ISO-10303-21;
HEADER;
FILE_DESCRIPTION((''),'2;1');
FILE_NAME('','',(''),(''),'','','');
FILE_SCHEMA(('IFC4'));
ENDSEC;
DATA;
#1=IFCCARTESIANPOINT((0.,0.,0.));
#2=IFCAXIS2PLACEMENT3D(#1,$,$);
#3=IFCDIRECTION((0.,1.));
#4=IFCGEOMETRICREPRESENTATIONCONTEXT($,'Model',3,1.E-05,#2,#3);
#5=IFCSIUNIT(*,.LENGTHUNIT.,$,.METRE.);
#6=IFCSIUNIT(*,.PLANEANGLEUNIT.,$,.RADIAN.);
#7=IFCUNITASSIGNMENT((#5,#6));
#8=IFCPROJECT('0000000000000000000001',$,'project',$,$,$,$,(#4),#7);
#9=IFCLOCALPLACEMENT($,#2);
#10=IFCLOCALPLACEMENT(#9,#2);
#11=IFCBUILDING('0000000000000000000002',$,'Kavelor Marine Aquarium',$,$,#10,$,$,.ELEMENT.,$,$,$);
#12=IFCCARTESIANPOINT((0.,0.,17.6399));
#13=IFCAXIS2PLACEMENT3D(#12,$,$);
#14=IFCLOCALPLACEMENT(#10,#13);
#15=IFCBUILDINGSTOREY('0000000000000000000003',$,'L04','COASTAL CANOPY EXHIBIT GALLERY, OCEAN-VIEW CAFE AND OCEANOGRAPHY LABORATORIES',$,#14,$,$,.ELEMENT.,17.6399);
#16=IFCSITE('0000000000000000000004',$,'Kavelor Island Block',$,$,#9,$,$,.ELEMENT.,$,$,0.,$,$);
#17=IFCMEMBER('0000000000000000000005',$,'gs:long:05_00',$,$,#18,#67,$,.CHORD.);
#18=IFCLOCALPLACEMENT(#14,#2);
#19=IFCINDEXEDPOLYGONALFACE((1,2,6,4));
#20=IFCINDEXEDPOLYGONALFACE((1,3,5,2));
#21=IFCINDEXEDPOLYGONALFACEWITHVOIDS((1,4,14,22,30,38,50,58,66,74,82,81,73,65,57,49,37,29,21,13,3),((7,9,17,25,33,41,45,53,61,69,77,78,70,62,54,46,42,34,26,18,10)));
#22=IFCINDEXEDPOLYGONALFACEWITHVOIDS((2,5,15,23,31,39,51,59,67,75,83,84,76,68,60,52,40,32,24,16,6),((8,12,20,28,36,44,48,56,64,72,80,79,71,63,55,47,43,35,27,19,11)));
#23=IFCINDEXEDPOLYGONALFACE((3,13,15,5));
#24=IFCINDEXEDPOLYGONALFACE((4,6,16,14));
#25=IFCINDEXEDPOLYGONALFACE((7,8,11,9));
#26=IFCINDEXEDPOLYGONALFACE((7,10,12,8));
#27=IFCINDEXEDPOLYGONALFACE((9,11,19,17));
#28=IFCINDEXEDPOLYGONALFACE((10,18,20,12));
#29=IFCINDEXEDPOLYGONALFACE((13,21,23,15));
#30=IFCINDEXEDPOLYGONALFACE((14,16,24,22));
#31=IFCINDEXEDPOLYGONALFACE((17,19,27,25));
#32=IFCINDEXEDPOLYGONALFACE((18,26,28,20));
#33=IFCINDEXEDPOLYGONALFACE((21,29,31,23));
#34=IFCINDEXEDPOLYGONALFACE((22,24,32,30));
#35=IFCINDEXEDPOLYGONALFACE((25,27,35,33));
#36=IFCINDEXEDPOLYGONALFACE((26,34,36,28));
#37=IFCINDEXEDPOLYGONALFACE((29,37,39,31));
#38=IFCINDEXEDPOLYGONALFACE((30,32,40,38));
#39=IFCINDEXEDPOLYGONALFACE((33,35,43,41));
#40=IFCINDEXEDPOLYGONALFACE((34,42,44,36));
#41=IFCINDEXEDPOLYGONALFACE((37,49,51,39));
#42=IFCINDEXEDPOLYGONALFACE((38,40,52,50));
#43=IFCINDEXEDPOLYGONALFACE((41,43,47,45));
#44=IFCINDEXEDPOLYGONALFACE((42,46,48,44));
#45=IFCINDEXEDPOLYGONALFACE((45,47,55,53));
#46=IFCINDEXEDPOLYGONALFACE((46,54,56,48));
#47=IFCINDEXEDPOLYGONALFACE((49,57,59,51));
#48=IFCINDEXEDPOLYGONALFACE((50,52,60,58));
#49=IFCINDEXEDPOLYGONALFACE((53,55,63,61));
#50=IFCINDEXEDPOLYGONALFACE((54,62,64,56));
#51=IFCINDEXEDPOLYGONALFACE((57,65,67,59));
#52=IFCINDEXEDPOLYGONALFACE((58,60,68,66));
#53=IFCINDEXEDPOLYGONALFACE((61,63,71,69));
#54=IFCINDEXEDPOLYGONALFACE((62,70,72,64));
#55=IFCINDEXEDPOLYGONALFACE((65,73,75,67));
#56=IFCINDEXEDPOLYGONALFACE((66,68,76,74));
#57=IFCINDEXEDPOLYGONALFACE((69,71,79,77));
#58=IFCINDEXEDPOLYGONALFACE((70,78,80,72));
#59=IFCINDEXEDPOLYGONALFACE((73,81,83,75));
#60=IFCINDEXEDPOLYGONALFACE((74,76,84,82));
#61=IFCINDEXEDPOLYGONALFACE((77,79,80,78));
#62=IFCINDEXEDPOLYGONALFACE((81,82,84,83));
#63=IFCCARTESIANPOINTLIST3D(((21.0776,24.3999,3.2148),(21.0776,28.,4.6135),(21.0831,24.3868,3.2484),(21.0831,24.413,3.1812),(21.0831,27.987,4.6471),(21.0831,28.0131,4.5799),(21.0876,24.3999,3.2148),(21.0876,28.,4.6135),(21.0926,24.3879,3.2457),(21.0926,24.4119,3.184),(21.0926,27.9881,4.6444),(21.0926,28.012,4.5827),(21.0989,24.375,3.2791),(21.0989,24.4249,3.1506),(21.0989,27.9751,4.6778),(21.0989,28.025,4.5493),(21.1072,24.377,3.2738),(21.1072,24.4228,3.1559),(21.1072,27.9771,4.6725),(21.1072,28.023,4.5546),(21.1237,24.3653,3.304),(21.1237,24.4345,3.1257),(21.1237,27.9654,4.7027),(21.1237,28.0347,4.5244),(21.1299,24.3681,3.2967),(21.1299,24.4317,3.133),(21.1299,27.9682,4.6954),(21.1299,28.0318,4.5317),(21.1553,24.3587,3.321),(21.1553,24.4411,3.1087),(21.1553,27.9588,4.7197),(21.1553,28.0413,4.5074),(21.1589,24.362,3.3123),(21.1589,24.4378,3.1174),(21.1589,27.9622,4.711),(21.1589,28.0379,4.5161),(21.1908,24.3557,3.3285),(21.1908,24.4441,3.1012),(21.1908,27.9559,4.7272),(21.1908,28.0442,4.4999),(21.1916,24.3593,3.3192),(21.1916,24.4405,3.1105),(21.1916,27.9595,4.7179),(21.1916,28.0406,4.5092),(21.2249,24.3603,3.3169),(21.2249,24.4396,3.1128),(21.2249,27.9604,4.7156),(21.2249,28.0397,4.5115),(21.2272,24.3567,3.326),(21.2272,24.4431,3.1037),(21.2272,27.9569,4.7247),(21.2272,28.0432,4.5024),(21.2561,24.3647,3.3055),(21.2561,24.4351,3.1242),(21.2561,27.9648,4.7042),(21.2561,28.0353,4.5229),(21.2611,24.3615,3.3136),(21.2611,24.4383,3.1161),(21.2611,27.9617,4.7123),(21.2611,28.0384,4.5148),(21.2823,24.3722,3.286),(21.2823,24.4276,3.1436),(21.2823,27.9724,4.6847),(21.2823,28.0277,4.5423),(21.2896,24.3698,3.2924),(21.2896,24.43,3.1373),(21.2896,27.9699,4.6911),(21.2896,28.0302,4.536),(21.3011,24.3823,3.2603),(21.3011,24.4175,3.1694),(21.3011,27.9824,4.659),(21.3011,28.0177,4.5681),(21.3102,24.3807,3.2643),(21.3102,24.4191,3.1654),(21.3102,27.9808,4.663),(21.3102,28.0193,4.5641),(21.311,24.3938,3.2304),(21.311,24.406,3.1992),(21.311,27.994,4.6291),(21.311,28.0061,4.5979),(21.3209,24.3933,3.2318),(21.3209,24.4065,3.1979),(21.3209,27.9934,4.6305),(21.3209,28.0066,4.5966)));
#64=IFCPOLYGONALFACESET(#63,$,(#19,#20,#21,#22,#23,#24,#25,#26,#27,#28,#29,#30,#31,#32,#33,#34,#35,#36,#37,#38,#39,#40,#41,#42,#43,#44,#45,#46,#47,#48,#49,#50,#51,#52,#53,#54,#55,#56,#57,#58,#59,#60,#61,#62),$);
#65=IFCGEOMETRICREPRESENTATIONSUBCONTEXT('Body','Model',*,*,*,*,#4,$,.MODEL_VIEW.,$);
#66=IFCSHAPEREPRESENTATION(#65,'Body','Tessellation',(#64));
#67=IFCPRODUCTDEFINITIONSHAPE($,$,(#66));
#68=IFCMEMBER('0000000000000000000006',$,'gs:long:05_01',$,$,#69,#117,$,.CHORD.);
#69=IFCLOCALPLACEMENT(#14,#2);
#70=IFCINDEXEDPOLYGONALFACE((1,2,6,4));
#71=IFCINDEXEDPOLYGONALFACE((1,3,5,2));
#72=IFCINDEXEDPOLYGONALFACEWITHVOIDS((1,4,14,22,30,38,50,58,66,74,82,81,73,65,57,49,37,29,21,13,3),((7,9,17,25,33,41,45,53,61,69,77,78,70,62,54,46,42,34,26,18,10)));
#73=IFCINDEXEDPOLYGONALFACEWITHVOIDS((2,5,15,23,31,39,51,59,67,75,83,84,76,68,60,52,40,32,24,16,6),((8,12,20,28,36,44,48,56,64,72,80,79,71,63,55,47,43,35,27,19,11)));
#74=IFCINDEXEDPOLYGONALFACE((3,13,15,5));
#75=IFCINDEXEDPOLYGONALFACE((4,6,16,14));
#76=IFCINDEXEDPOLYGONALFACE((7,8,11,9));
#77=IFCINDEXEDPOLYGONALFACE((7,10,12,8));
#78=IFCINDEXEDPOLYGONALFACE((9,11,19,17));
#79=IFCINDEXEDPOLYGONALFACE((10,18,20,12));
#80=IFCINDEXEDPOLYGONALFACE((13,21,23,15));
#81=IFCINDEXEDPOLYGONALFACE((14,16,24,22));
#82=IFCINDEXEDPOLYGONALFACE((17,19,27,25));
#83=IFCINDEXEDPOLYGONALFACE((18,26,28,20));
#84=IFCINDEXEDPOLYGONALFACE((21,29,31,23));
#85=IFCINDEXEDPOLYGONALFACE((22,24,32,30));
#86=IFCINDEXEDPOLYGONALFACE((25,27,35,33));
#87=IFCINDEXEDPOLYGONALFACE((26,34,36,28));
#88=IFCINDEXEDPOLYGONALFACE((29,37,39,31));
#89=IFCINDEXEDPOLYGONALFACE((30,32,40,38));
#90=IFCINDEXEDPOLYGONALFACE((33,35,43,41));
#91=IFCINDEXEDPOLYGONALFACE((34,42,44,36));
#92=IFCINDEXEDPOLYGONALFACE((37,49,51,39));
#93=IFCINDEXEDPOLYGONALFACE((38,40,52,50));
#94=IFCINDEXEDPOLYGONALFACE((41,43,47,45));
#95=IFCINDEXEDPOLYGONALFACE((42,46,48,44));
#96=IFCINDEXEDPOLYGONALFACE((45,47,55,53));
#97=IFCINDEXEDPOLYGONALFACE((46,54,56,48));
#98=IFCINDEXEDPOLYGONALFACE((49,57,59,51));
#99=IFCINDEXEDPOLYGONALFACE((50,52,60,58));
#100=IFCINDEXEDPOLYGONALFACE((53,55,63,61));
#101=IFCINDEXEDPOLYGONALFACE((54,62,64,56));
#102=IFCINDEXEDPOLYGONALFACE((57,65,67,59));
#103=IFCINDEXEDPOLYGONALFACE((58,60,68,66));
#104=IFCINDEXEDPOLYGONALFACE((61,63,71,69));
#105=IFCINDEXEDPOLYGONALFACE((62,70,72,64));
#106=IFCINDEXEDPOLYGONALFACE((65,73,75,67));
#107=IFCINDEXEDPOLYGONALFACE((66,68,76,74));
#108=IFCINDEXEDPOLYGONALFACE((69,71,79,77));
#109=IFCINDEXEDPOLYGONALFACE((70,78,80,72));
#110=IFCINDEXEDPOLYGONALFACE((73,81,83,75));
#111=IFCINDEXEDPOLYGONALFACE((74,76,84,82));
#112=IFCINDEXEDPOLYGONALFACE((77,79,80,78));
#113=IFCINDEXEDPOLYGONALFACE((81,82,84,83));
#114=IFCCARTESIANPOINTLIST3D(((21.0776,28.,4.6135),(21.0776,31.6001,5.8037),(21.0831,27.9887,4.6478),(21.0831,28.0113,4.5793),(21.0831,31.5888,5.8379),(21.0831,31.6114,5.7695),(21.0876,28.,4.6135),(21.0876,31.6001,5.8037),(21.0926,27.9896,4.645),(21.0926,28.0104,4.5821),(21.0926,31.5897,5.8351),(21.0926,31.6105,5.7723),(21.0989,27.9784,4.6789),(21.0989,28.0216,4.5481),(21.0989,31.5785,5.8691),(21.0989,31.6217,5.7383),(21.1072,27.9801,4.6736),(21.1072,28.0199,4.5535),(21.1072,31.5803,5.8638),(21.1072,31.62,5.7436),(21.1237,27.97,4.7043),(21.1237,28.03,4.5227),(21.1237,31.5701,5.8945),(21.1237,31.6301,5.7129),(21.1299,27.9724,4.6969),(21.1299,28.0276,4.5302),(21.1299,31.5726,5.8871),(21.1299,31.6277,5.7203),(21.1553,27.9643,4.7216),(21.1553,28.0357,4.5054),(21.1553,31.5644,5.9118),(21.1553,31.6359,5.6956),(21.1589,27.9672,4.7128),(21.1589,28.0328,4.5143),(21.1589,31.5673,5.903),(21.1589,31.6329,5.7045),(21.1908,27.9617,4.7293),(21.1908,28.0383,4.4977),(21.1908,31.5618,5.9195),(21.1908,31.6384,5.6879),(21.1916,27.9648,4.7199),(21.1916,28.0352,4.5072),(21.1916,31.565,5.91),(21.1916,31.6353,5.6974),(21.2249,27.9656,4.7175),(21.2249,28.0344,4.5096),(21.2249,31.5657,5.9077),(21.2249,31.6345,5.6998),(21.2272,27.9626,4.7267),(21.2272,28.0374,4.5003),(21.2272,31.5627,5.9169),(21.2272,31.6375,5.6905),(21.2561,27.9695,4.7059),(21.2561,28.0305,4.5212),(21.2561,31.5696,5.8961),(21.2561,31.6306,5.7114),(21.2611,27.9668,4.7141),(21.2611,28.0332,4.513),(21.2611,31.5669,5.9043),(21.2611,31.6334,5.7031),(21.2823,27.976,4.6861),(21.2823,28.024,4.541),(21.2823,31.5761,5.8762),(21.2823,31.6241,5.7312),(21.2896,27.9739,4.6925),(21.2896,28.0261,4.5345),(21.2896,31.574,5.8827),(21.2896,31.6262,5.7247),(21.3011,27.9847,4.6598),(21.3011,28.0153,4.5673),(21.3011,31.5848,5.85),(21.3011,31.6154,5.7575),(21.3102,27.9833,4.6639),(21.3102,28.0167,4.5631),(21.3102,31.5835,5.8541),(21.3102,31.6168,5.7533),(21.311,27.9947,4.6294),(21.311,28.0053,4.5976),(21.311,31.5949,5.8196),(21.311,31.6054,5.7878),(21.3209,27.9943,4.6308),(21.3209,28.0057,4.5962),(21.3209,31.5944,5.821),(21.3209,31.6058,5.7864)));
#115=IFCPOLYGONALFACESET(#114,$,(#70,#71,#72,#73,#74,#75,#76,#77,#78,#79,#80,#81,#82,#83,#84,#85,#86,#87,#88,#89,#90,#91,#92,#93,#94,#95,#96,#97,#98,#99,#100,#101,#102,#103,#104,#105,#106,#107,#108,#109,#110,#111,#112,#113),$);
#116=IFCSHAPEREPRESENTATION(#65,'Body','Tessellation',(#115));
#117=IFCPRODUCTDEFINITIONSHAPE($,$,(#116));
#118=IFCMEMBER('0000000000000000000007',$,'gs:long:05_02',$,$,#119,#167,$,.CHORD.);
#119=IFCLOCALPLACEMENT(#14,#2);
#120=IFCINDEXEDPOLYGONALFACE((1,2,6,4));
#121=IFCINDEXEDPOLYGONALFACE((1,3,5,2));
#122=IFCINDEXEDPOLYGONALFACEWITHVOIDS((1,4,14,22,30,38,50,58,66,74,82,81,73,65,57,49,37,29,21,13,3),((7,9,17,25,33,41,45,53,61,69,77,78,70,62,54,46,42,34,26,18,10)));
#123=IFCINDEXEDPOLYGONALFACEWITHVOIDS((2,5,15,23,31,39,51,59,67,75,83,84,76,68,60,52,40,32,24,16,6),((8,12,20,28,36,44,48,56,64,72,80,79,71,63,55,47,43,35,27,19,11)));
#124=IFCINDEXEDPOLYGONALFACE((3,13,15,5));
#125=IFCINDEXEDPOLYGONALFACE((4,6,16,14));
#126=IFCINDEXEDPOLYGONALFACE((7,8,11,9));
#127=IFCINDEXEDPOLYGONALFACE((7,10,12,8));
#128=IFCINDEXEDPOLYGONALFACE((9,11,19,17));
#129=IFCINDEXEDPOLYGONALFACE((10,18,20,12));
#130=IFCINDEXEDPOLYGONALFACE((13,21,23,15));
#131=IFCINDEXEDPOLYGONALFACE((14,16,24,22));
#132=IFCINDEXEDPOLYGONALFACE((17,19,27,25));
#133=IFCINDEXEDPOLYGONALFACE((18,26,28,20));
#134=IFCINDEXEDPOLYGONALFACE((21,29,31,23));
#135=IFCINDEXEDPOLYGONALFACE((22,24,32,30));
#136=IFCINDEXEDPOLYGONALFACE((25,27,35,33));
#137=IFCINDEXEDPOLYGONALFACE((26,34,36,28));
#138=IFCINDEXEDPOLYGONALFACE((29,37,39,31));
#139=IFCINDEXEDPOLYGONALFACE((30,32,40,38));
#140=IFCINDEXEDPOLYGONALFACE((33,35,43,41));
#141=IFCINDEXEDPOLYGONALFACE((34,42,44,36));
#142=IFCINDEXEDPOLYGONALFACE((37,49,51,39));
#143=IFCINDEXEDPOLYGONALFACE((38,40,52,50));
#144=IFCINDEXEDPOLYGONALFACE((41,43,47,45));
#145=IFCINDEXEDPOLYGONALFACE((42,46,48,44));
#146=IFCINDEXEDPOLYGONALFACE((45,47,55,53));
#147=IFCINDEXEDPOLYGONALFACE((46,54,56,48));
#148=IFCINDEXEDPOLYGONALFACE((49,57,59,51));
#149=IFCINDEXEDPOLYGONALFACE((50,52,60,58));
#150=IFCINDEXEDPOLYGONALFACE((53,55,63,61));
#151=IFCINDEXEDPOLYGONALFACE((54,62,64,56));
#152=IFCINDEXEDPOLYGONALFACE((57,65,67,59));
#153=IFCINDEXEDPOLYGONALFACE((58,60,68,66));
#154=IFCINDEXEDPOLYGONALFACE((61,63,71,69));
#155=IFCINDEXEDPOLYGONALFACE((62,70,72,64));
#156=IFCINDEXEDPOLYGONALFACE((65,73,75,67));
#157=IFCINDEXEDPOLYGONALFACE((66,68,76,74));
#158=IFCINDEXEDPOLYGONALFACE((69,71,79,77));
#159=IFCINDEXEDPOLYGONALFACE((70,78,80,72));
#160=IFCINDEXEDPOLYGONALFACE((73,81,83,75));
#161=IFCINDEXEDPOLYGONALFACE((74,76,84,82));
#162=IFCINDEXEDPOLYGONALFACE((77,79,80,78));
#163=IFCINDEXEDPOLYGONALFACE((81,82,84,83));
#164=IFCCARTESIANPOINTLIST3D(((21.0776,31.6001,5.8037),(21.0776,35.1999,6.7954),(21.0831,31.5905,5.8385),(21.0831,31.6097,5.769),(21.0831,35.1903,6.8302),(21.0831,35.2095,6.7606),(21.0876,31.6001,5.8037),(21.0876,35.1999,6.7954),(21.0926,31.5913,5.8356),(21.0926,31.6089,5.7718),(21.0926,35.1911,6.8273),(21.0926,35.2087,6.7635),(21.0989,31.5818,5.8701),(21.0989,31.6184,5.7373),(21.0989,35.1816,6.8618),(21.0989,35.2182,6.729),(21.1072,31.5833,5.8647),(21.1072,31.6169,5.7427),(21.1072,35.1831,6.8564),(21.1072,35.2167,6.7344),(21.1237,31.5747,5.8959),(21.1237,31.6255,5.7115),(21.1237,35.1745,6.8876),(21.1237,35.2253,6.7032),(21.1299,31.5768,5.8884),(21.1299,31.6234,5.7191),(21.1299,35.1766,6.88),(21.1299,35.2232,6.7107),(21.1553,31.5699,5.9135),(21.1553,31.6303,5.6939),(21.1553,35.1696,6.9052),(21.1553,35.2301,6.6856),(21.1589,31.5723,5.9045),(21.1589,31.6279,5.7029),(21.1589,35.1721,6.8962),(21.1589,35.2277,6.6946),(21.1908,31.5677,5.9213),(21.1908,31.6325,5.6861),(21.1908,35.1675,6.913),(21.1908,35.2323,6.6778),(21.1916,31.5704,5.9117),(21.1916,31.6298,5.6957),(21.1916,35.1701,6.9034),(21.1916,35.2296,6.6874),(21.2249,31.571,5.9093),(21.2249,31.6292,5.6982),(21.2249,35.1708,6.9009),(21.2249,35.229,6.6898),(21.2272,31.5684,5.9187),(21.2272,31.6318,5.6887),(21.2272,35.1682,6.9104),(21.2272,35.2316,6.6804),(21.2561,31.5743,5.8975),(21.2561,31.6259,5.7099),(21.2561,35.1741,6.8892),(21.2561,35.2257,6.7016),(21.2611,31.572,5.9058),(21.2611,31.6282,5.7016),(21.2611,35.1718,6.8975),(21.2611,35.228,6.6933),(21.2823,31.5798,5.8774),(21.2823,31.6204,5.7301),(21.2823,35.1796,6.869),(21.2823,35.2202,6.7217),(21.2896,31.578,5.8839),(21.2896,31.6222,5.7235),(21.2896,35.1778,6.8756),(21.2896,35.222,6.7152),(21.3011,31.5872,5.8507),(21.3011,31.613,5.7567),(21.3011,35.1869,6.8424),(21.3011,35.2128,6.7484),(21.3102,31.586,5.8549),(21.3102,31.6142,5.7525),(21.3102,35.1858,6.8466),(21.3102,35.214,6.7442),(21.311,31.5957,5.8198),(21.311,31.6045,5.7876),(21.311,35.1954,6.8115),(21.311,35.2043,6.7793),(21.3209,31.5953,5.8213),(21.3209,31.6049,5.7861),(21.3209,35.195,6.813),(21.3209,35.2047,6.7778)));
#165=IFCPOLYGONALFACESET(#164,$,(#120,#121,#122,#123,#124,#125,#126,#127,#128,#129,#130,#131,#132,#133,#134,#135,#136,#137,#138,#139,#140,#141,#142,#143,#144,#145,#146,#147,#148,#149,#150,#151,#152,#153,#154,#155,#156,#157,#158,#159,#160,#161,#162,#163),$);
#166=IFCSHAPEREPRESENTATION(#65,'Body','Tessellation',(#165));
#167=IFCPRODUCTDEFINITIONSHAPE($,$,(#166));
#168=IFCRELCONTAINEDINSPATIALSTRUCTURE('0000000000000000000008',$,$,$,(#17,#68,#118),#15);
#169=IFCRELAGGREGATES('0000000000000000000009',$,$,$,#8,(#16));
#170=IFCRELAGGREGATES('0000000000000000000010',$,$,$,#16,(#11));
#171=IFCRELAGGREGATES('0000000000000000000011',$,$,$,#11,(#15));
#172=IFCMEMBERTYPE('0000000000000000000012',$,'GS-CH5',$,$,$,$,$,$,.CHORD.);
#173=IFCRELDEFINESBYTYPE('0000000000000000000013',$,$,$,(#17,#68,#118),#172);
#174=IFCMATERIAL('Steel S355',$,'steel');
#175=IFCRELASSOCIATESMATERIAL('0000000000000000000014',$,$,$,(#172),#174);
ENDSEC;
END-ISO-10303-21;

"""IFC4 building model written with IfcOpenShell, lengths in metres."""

from ifc_helpers import new_model, si_unit, direction, frame, origin, origin_2d, place, context, subcontext, project, spatial, hollow_circle, extrude, material, material_profile, profile_set, type_object, element, save


model = new_model("IFC4")

# Units and contexts
model_context = context("Model", 3, precision=1e-05, world=origin(), true_north=direction((0.0, 1.0)))
body_context = subcontext(model_context, "Body", "Model", "MODEL_VIEW")
ifc_project = project(units=[si_unit("LENGTHUNIT", "METRE"), si_unit("PLANEANGLEUNIT", "RADIAN")], contexts=[model_context])

# Site, building, storey
site_placement = place(None, origin())
site = spatial("IfcSite", under=ifc_project, at=site_placement, Name="Kavelor Island Block", CompositionType="ELEMENT", RefElevation=0.0)
building_placement = place(site_placement, origin())
building = spatial("IfcBuilding", under=site, at=building_placement, Name="Kavelor Marine Aquarium", CompositionType="ELEMENT")
storey_placement = place(building_placement, frame((0.0, 0.0, 17.6399)))
storey = spatial("IfcBuildingStorey", under=building, at=storey_placement, Name="L04", Description="COASTAL CANOPY EXHIBIT GALLERY, OCEAN-VIEW CAFE AND OCEANOGRAPHY LABORATORIES", CompositionType="ELEMENT", Elevation=17.6399)

# Members
ifc_material_1 = material(Name="Steel S355", Category="steel")
ifc_material_profile_1 = material_profile(ifc_material_1, hollow_circle(Radius=0.1223, WallThickness=0.01, at=origin_2d()), Name="CHS 244.5x10.0")
ifc_profile_set_1 = profile_set([ifc_material_profile_1], Name="Steel S355")
member_type_1 = type_object("IfcMemberType", Name="GS-CH5", PredefinedType="CHORD", material=ifc_profile_set_1)
member_1_placement = place(storey_placement, frame((21.2, 24.3999, 3.2148), z_axis=(0.0, 0.932123, 0.362141), x_axis=(-1.0, 0.0, 0.0)))
element("IfcMember", 1, at=member_1_placement, inside=storey, type_object=member_type_1, Name="gs:long:05_00", PredefinedType="CHORD", context=body_context, shape_type="SweptSolid", body=[
    extrude(hollow_circle(Radius=0.1223, WallThickness=0.01, at=origin_2d()), origin(), (0.0, 0.0, 1.0), 3.8623),
])
member_2_placement = place(storey_placement, frame((21.2, 28.0, 4.6135), z_axis=(0.0, 0.94946, 0.31389), x_axis=(-1.0, 0.0, 0.0)))
element("IfcMember", 2, at=member_2_placement, inside=storey, type_object=member_type_1, Name="gs:long:05_01", PredefinedType="CHORD", context=body_context, shape_type="SweptSolid", body=[
    extrude(hollow_circle(Radius=0.1223, WallThickness=0.01, at=origin_2d()), origin(), (0.0, 0.0, 1.0), 3.7917),
])
member_3_placement = place(storey_placement, frame((21.2, 31.6001, 5.8037), z_axis=(0.0, 0.964086, 0.26559), x_axis=(-1.0, 0.0, 0.0)))
element("IfcMember", 3, at=member_3_placement, inside=storey, type_object=member_type_1, Name="gs:long:05_02", PredefinedType="CHORD", context=body_context, shape_type="SweptSolid", body=[
    extrude(hollow_circle(Radius=0.1223, WallThickness=0.01, at=origin_2d()), origin(), (0.0, 0.0, 1.0), 3.7339),
])

save(model, "model.ifc")
